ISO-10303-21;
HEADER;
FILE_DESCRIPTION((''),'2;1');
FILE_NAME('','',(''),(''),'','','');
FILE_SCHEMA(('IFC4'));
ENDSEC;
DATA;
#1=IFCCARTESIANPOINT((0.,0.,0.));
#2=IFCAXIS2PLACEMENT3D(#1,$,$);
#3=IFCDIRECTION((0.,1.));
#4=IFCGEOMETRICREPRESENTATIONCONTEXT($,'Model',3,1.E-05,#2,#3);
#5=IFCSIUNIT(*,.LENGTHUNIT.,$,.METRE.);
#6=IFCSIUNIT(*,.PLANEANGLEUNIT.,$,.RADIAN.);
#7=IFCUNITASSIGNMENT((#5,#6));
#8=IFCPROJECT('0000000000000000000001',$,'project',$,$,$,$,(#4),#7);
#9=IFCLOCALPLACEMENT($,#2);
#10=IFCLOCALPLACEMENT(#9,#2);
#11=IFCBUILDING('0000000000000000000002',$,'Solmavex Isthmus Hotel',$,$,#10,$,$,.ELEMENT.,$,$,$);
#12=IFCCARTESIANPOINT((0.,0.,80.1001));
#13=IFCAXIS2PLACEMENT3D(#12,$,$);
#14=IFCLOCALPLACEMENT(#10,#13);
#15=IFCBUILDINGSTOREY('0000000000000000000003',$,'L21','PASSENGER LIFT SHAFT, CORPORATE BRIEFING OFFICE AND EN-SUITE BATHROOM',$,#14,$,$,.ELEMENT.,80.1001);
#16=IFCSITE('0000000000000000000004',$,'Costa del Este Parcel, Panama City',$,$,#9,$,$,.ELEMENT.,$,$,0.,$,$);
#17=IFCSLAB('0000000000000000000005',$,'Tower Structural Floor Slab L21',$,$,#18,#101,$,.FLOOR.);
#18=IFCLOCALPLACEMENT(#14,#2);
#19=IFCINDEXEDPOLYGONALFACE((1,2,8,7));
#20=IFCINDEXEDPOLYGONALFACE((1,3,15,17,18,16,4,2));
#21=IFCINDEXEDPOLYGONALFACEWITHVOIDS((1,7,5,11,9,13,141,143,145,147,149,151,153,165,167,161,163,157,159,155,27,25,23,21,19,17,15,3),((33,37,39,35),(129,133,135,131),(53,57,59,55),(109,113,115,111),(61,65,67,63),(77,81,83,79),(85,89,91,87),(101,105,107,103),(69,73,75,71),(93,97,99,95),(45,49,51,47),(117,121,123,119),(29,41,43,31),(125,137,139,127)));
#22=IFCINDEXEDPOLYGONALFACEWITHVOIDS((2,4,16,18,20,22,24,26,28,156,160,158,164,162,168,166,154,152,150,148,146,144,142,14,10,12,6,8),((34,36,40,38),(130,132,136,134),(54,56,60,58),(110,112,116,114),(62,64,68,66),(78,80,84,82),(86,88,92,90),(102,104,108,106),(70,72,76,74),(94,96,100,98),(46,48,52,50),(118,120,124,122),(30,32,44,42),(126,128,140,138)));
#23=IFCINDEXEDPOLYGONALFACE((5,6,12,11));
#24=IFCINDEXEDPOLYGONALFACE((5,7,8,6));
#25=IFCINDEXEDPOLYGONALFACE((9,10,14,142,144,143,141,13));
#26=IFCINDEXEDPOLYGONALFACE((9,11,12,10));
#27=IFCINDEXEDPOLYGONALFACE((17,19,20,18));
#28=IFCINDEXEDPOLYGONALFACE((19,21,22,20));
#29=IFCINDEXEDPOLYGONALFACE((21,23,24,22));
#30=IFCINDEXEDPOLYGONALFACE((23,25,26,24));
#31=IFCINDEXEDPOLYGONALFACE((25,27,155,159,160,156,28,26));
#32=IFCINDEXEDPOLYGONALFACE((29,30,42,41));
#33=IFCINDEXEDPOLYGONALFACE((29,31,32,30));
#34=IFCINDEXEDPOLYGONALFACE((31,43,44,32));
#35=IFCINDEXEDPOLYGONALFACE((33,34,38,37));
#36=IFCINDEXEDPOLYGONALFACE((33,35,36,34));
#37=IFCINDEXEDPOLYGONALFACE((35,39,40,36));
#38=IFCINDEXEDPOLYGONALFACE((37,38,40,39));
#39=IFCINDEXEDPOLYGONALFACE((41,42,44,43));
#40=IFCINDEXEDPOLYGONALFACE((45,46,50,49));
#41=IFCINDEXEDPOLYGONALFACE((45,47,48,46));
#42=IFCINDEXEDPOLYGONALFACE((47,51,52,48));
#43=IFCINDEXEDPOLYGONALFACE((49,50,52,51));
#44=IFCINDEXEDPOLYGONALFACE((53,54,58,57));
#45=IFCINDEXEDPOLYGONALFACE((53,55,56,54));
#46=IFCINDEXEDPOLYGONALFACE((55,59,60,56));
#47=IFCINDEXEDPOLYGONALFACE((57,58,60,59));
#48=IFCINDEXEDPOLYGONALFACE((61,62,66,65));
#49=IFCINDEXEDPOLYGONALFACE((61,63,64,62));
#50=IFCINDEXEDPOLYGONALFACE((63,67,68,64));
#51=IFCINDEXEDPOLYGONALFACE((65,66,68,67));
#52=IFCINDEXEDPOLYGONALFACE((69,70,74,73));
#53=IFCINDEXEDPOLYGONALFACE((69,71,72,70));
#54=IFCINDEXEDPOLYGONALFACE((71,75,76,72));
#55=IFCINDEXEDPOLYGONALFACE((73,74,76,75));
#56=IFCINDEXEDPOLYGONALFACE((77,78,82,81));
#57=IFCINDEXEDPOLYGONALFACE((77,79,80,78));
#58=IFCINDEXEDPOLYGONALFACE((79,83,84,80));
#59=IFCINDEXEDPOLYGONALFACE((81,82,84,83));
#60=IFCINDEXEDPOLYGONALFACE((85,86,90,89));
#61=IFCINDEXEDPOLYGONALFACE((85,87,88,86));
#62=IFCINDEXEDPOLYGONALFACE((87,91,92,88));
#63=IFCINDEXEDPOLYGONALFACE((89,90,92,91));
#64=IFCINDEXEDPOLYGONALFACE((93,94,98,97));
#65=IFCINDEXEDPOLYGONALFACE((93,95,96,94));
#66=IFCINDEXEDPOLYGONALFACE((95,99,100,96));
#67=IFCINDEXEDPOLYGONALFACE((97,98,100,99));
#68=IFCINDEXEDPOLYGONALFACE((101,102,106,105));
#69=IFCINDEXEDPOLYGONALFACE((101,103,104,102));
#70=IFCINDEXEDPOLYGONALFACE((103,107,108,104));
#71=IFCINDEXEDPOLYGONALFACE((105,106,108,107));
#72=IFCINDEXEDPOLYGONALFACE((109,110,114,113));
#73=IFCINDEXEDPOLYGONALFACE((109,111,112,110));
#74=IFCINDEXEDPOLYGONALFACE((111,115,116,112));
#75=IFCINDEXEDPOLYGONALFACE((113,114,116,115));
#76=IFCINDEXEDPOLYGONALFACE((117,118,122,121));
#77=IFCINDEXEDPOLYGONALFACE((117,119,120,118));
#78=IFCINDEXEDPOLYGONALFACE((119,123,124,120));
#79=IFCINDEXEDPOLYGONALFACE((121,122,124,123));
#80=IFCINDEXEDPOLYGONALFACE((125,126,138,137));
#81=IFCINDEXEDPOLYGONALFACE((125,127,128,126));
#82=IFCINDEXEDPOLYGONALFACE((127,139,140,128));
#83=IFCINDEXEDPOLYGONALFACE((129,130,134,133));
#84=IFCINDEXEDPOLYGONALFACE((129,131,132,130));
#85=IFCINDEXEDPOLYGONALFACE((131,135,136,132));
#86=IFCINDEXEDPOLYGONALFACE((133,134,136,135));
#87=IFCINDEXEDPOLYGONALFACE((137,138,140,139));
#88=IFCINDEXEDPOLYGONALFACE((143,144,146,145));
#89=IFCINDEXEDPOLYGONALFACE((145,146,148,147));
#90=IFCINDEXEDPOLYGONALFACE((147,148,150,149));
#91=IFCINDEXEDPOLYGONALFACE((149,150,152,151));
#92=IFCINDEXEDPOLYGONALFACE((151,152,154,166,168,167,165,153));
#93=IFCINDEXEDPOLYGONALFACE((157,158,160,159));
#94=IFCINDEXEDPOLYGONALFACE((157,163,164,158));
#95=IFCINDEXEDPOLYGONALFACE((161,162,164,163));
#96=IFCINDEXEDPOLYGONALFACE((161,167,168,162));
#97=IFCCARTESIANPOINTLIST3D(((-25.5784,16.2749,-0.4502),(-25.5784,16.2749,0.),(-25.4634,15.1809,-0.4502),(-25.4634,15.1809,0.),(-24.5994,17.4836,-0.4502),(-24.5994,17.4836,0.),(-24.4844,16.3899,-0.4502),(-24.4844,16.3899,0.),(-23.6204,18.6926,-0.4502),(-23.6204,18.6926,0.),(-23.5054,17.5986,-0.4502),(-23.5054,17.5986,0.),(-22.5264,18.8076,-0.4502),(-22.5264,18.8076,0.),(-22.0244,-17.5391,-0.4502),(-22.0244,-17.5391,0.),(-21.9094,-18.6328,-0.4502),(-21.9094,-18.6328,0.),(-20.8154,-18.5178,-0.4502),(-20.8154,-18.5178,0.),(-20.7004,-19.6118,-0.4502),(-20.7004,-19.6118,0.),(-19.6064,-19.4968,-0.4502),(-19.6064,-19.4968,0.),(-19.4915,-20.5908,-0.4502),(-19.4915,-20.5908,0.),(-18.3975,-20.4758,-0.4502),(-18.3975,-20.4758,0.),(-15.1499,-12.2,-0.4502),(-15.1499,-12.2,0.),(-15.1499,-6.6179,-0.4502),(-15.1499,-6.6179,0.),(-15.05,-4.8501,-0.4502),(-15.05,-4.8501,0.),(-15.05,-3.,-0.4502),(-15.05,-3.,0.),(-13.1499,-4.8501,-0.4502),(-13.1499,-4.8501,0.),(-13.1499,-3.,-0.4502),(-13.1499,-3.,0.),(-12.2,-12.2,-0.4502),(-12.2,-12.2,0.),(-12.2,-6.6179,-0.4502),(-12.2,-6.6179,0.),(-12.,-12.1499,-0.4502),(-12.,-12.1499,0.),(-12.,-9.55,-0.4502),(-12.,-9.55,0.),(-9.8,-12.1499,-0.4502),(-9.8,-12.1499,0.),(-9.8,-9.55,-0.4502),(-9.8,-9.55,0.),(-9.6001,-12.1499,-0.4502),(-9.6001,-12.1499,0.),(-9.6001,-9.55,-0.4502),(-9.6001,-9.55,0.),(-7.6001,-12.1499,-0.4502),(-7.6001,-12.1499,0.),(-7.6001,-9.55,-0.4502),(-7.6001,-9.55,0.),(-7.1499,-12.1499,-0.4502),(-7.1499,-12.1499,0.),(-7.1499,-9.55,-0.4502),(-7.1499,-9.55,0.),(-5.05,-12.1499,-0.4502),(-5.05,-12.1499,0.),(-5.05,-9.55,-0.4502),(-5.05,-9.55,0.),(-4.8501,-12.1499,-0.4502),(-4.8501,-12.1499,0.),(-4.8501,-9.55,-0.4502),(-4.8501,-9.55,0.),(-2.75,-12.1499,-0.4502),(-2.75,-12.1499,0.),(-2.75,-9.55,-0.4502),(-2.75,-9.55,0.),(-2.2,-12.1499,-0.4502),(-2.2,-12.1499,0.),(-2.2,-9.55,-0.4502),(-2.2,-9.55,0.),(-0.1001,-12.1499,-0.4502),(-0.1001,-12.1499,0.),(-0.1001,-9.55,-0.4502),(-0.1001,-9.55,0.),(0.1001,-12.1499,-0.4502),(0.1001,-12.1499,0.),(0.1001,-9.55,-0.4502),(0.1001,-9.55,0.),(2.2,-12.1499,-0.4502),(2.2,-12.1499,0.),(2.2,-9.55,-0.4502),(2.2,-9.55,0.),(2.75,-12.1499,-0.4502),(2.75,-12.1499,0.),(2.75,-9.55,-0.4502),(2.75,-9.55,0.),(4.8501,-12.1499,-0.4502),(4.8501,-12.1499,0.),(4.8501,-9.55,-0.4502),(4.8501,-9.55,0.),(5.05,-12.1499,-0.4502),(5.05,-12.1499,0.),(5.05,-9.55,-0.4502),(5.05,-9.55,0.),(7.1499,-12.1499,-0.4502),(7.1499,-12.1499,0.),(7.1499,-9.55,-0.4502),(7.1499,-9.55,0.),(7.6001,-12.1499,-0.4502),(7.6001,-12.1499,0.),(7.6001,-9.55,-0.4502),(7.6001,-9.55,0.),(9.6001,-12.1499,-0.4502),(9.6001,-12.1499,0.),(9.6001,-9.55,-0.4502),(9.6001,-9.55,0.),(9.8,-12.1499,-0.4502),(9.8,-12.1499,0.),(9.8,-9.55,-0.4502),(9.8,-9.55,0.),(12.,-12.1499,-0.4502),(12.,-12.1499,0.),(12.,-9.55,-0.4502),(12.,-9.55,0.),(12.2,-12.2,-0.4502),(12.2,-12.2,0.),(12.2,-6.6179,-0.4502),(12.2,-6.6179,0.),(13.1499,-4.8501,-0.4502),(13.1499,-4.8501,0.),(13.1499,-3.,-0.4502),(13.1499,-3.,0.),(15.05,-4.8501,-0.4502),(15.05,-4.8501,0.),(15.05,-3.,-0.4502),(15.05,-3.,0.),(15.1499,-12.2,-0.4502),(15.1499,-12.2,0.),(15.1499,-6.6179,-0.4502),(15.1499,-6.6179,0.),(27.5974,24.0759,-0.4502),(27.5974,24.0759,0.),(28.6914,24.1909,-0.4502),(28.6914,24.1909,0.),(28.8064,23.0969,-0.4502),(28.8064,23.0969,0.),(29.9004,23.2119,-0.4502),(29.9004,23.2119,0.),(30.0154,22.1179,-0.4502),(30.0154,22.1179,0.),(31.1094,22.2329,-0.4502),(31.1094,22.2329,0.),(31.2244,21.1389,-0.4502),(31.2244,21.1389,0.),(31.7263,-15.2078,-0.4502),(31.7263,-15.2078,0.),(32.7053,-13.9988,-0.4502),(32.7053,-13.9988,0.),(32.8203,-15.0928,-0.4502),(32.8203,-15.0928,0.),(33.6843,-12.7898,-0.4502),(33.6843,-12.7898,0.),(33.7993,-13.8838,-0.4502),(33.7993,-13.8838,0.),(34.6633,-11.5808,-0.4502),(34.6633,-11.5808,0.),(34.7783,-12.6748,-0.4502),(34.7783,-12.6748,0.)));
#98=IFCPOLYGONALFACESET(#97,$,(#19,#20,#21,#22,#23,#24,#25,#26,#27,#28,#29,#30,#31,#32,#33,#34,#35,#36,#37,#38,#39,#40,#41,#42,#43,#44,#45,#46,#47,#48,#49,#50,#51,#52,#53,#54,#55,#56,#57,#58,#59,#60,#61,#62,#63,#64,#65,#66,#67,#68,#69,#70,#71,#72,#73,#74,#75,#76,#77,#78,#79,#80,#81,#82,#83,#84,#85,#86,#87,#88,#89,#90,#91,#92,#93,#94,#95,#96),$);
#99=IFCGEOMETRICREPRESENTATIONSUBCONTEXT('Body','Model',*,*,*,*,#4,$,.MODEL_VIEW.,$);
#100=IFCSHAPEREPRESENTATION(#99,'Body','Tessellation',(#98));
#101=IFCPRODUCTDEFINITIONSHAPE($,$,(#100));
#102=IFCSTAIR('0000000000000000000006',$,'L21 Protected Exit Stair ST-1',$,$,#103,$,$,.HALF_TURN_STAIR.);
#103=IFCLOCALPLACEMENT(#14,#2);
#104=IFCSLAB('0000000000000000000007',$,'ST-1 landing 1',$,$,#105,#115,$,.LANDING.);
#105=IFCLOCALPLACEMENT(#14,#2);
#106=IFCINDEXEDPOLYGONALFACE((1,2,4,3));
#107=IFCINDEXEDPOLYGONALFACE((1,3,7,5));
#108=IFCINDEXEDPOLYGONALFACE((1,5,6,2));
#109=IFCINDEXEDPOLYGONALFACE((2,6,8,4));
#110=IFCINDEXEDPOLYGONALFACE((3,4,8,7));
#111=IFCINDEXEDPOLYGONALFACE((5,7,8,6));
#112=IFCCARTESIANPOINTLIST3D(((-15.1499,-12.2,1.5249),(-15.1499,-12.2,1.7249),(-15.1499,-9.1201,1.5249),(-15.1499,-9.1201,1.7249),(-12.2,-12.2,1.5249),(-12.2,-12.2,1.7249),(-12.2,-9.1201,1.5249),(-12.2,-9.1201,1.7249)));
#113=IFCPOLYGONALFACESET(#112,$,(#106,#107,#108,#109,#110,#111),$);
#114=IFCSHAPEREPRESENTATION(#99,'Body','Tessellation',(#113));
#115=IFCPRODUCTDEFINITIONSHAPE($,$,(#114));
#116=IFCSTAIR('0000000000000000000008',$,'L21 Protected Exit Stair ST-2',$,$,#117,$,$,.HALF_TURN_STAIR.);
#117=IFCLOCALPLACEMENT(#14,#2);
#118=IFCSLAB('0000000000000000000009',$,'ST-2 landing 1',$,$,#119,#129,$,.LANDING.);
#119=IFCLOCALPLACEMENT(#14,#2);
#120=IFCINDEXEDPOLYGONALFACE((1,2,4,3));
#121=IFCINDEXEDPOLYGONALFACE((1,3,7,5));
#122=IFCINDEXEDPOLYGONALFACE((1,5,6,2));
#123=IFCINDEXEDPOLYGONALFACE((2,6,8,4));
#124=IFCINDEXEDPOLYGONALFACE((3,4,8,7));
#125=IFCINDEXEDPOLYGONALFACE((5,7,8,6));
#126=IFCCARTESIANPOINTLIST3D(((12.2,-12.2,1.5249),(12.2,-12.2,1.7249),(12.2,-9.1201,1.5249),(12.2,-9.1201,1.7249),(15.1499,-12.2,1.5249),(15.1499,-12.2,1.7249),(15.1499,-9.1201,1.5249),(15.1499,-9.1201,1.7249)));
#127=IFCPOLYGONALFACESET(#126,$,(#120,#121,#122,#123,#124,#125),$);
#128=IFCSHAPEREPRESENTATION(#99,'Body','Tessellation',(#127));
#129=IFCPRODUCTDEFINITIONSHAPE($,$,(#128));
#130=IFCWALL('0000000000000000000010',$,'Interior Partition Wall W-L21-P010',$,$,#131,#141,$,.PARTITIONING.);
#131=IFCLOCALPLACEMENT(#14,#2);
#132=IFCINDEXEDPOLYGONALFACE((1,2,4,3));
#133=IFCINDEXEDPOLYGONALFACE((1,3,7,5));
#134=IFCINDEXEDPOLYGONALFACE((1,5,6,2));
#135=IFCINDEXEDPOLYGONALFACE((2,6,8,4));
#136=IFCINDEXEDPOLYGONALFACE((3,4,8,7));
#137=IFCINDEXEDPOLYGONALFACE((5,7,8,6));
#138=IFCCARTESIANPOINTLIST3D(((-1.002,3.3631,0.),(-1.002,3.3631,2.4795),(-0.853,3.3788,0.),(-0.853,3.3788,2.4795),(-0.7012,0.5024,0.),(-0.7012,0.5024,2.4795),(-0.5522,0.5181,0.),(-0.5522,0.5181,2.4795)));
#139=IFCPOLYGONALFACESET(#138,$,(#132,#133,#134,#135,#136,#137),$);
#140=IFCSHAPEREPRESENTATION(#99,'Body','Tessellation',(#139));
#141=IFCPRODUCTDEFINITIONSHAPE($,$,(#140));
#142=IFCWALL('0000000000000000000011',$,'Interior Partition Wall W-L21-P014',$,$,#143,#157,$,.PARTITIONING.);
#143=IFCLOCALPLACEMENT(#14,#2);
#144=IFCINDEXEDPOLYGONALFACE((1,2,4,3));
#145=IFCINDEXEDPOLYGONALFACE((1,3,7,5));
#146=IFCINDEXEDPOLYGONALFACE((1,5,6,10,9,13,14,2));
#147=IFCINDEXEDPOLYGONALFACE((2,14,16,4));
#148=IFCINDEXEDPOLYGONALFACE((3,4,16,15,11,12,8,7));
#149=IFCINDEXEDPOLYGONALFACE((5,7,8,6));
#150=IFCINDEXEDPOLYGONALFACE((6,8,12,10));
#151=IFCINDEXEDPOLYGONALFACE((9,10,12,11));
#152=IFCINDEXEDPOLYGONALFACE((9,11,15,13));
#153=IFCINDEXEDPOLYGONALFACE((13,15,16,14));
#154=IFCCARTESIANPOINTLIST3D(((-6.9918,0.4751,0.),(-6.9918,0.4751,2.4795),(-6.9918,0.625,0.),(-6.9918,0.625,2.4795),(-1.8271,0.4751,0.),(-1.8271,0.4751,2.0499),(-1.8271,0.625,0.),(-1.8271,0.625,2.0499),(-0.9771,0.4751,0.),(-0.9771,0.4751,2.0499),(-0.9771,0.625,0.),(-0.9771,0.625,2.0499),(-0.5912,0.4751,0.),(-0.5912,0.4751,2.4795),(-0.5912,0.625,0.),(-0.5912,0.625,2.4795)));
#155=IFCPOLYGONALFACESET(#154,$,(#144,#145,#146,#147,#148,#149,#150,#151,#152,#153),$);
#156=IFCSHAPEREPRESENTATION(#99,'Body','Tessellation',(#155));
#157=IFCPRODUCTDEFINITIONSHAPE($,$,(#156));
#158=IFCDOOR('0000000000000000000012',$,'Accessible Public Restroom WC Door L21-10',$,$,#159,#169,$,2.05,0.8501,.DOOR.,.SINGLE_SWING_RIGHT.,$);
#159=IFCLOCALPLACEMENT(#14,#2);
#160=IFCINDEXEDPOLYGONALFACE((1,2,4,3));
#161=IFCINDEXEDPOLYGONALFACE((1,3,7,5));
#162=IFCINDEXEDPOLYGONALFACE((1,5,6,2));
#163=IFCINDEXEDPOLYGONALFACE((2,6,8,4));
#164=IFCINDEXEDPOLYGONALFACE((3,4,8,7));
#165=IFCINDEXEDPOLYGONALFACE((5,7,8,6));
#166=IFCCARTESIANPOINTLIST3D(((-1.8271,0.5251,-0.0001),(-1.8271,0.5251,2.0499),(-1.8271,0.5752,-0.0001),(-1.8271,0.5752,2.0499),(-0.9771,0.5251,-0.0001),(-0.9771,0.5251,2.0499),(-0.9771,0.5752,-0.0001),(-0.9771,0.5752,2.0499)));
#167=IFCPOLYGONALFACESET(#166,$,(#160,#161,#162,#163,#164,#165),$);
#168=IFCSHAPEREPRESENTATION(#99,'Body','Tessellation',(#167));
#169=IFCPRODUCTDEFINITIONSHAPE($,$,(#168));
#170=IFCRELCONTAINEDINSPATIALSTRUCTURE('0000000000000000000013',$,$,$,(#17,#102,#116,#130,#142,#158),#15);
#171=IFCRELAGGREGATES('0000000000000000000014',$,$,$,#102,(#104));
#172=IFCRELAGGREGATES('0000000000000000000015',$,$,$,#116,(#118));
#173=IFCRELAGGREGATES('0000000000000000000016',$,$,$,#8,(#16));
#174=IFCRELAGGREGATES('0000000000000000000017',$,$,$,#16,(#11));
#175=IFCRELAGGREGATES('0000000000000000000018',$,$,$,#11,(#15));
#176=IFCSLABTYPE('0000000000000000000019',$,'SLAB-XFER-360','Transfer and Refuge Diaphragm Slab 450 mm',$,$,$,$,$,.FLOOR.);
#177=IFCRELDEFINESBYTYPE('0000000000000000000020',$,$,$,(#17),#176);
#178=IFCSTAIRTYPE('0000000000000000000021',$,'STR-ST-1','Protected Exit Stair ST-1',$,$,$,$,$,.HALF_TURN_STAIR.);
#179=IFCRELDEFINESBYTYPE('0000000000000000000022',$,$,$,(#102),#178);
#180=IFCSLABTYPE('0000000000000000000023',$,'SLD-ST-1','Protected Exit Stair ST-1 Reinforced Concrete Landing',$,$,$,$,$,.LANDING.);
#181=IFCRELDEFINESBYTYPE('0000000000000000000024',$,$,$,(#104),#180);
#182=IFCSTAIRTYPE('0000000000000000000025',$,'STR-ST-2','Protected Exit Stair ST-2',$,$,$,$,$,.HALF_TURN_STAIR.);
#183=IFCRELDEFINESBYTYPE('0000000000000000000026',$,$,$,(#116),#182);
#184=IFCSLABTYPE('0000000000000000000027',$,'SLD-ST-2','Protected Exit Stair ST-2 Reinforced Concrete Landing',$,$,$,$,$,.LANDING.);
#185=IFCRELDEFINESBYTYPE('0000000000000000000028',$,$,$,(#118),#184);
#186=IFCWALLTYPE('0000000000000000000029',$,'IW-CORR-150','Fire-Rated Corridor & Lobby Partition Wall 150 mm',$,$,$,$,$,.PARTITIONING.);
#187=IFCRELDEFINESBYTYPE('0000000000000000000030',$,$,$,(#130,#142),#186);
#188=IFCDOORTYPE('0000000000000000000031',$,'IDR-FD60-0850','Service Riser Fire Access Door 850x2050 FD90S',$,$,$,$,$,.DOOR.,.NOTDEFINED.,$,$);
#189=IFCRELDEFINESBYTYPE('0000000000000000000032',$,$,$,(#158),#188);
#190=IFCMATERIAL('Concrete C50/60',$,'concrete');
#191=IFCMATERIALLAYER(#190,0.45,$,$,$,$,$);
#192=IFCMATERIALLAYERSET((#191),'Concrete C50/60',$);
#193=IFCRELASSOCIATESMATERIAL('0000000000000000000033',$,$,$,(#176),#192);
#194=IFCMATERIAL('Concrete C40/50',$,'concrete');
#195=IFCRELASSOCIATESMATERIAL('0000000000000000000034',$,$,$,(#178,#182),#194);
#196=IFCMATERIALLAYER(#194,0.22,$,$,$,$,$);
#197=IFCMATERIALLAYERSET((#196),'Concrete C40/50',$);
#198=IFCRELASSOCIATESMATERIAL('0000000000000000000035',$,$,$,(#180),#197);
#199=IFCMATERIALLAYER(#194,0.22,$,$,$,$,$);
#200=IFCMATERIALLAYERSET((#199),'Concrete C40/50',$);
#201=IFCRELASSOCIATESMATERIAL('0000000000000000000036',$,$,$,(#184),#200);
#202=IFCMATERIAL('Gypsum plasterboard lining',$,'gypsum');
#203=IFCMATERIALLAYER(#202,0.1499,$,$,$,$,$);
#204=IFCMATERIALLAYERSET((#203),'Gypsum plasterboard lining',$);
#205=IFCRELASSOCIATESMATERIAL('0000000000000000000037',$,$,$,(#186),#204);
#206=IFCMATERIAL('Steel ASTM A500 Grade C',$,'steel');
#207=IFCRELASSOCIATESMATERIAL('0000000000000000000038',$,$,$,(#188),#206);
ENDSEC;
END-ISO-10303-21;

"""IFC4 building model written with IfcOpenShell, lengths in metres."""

from ifc_helpers import new_model, si_unit, direction, frame, frame_2d, origin, place, context, subcontext, project, spatial, polyline, rectangle, outline, extrude, material, layer, layer_set, type_object, element, fill, aggregate, save


model = new_model("IFC4")

# Units and contexts
model_context = context("Model", 3, precision=1e-05, world=origin(), true_north=direction((0.0, 1.0)))
body_context = subcontext(model_context, "Body", "Model", "MODEL_VIEW")
ifc_project = project(units=[si_unit("LENGTHUNIT", "METRE"), si_unit("PLANEANGLEUNIT", "RADIAN")], contexts=[model_context])

# Site, building, storey
site_placement = place(None, origin())
site = spatial("IfcSite", under=ifc_project, at=site_placement, Name="Costa del Este Parcel, Panama City", CompositionType="ELEMENT", RefElevation=0.0)
building_placement = place(site_placement, origin())
building = spatial("IfcBuilding", under=site, at=building_placement, Name="Solmavex Isthmus Hotel", CompositionType="ELEMENT")
storey_placement = place(building_placement, frame((0.0, 0.0, 80.1001)))
storey = spatial("IfcBuildingStorey", under=building, at=storey_placement, Name="L21", Description="PASSENGER LIFT SHAFT, CORPORATE BRIEFING OFFICE AND EN-SUITE BATHROOM", CompositionType="ELEMENT", Elevation=80.1001)

# Slab
ifc_material_1 = material(Name="Concrete C40/50", Category="concrete")
ifc_material_2 = material(Name="Concrete C50/60", Category="concrete")
ifc_layer_1 = layer(ifc_material_2, 0.45)
ifc_layer_set_1 = layer_set([ifc_layer_1], Name="Concrete C50/60")
slab_type_1 = type_object("IfcSlabType", Name="SLAB-XFER-360", Description="Transfer and Refuge Diaphragm Slab 450 mm", PredefinedType="FLOOR", material=ifc_layer_set_1)
slab_1_placement = place(storey_placement, frame((0.0, 0.0, -0.4502)))
element("IfcSlab", 1, at=slab_1_placement, inside=storey, type_object=slab_type_1, Name="Tower Structural Floor Slab L21", PredefinedType="FLOOR", context=body_context, shape_type="SweptSolid", body=[
    extrude(outline(polyline([(-18.3975, -20.4758), (31.7263, -15.2078), (32.8203, -15.0928), (32.7053, -13.9988), (33.7993, -13.8838), (33.6843, -12.7898), (34.7783, -12.6748), (34.6633, -11.5808), (31.2244, 21.1389), (31.1094, 22.2329), (30.0154, 22.1179), (29.9004, 23.2119), (28.8064, 23.0969), (28.6914, 24.1909), (27.5974, 24.0759), (-22.5264, 18.8076), (-23.6204, 18.6926), (-23.5054, 17.5986), (-24.5994, 17.4836), (-24.4844, 16.3899), (-25.5784, 16.2749), (-25.4634, 15.1809), (-22.0244, -17.5391), (-21.9094, -18.6328), (-20.8154, -18.5178), (-20.7004, -19.6118), (-19.6064, -19.4968), (-19.4915, -20.5908), (-18.3975, -20.4758)]), holes=[polyline([(-15.1499, -6.6179), (-15.1499, -12.2), (-12.2, -12.2), (-12.2, -6.6179), (-15.1499, -6.6179)]), polyline([(12.2, -6.6179), (12.2, -12.2), (15.1499, -12.2), (15.1499, -6.6179), (12.2, -6.6179)]), polyline([(-12.0, -12.1499), (-9.8, -12.1499), (-9.8, -9.55), (-12.0, -9.55), (-12.0, -12.1499)]), polyline([(9.8, -12.1499), (12.0, -12.1499), (12.0, -9.55), (9.8, -9.55), (9.8, -12.1499)]), polyline([(-9.6001, -12.1499), (-7.6001, -12.1499), (-7.6001, -9.55), (-9.6001, -9.55), (-9.6001, -12.1499)]), polyline([(7.6001, -12.1499), (9.6001, -12.1499), (9.6001, -9.55), (7.6001, -9.55), (7.6001, -12.1499)]), polyline([(-7.1499, -12.1499), (-5.05, -12.1499), (-5.05, -9.55), (-7.1499, -9.55), (-7.1499, -12.1499)]), polyline([(-4.8501, -12.1499), (-2.75, -12.1499), (-2.75, -9.55), (-4.8501, -9.55), (-4.8501, -12.1499)]), polyline([(-2.2, -12.1499), (-0.1001, -12.1499), (-0.1001, -9.55), (-2.2, -9.55), (-2.2, -12.1499)]), polyline([(0.1001, -12.1499), (2.2, -12.1499), (2.2, -9.55), (0.1001, -9.55), (0.1001, -12.1499)]), polyline([(2.75, -12.1499), (4.8501, -12.1499), (4.8501, -9.55), (2.75, -9.55), (2.75, -12.1499)]), polyline([(5.05, -12.1499), (7.1499, -12.1499), (7.1499, -9.55), (5.05, -9.55), (5.05, -12.1499)]), polyline([(-15.05, -4.8501), (-13.1499, -4.8501), (-13.1499, -3.0), (-15.05, -3.0), (-15.05, -4.8501)]), polyline([(13.1499, -4.8501), (15.05, -4.8501), (15.05, -3.0), (13.1499, -3.0), (13.1499, -4.8501)])]), origin(), (0.0, 0.0, 1.0), 0.4502),
])

# Stairs, slabs
stair_type_1 = type_object("IfcStairType", Name="STR-ST-1", Description="Protected Exit Stair ST-1", PredefinedType="HALF_TURN_STAIR", material=ifc_material_1)
stair_1_placement = place(storey_placement, origin())
stair_1 = element("IfcStair", 2, at=stair_1_placement, inside=storey, type_object=stair_type_1, Name="L21 Protected Exit Stair ST-1", PredefinedType="HALF_TURN_STAIR")
ifc_layer_2 = layer(ifc_material_1, 0.22)
ifc_layer_set_2 = layer_set([ifc_layer_2], Name="Concrete C40/50")
slab_type_2 = type_object("IfcSlabType", Name="SLD-ST-1", Description="Protected Exit Stair ST-1 Reinforced Concrete Landing", PredefinedType="LANDING", material=ifc_layer_set_2)
slab_2_placement = place(storey_placement, frame((0.0, 0.0, 1.5249)))
slab_2 = element("IfcSlab", 3, at=slab_2_placement, type_object=slab_type_2, Name="ST-1 landing 1", PredefinedType="LANDING", context=body_context, shape_type="SweptSolid", body=[
    extrude(outline(polyline([(-15.1499, -9.1201), (-15.1499, -12.2), (-12.2, -12.2), (-12.2, -9.1201), (-15.1499, -9.1201)])), origin(), (0.0, 0.0, 1.0), 0.2),
])
aggregate(stair_1, [slab_2])
stair_type_2 = type_object("IfcStairType", Name="STR-ST-2", Description="Protected Exit Stair ST-2", PredefinedType="HALF_TURN_STAIR", material=ifc_material_1)
stair_2_placement = place(storey_placement, origin())
stair_2 = element("IfcStair", 4, at=stair_2_placement, inside=storey, type_object=stair_type_2, Name="L21 Protected Exit Stair ST-2", PredefinedType="HALF_TURN_STAIR")
ifc_layer_3 = layer(ifc_material_1, 0.22)
ifc_layer_set_3 = layer_set([ifc_layer_3], Name="Concrete C40/50")
slab_type_3 = type_object("IfcSlabType", Name="SLD-ST-2", Description="Protected Exit Stair ST-2 Reinforced Concrete Landing", PredefinedType="LANDING", material=ifc_layer_set_3)
slab_3_placement = place(storey_placement, frame((0.0, 0.0, 1.5249)))
slab_3 = element("IfcSlab", 5, at=slab_3_placement, type_object=slab_type_3, Name="ST-2 landing 1", PredefinedType="LANDING", context=body_context, shape_type="SweptSolid", body=[
    extrude(outline(polyline([(12.2, -9.1201), (12.2, -12.2), (15.1499, -12.2), (15.1499, -9.1201), (12.2, -9.1201)])), origin(), (0.0, 0.0, 1.0), 0.2),
])
aggregate(stair_2, [slab_3])

# Wall
ifc_material_3 = material(Name="Gypsum plasterboard lining", Category="gypsum")
ifc_layer_4 = layer(ifc_material_3, 0.1499)
ifc_layer_set_4 = layer_set([ifc_layer_4], Name="Gypsum plasterboard lining")
wall_type = type_object("IfcWallType", Name="IW-CORR-150", Description="Fire-Rated Corridor & Lobby Partition Wall 150 mm", PredefinedType="PARTITIONING", material=ifc_layer_set_4)
wall_1_placement = place(storey_placement, frame((-0.6267, 0.5103, 0.0), z_axis=(0.0, 0.0, 1.0), x_axis=(-0.10457, 0.994518, 0.0)))
element("IfcWall", 6, at=wall_1_placement, inside=storey, type_object=wall_type, Name="Interior Partition Wall W-L21-P010", PredefinedType="PARTITIONING", context=body_context, shape_type="SweptSolid", body=[
    extrude(rectangle(XDim=2.8765, YDim=0.1499, at=frame_2d((1.4382, 0.0))), origin(), (0.0, 0.0, 1.0), 2.4795),
])

# Wall, opening, door
wall_2_placement = place(storey_placement, frame((-6.9917, 0.55, 0.0), z_axis=(0.0, 0.0, 1.0), x_axis=(1.0, 0.0, 0.0)))
wall_2 = element("IfcWall", 7, at=wall_2_placement, inside=storey, type_object=wall_type, Name="Interior Partition Wall W-L21-P014", PredefinedType="PARTITIONING", context=body_context, shape_type="SweptSolid", body=[
    extrude(rectangle(XDim=6.4006, YDim=0.1499, at=frame_2d((3.2002, 0.0))), origin(), (0.0, 0.0, 1.0), 2.4795),
])
opening_placement = place(wall_2_placement, frame((5.1646, 0.0, 0.0)))
opening = element("IfcOpeningElement", 8, at=opening_placement, cuts=wall_2, PredefinedType="OPENING", context=body_context, shape_type="SweptSolid", body=[
    extrude(rectangle(XDim=0.8501, YDim=2.05, at=frame_2d((0.425, 1.0249))), frame((0.0, 0.085, 0.0), z_axis=(0.0, -1.0, 0.0), x_axis=(1.0, 0.0, 0.0)), (0.0, 0.0, 1.0), 0.1699),
])
ifc_material_4 = material(Name="Steel ASTM A500 Grade C", Category="steel")
door_type = type_object("IfcDoorType", Name="IDR-FD60-0850", Description="Service Riser Fire Access Door 850x2050 FD90S", OperationType="NOTDEFINED", PredefinedType="DOOR", material=ifc_material_4)
door_placement = place(opening_placement, frame((0.8501, 0.0, 0.0), z_axis=(0.0, 0.0, 1.0), x_axis=(-1.0, 0.0, 0.0)))
door = element("IfcDoor", 9, at=door_placement, inside=storey, type_object=door_type, Name="Accessible Public Restroom WC Door L21-10", OperationType="SINGLE_SWING_RIGHT", OverallHeight=2.05, OverallWidth=0.8501, PredefinedType="DOOR", context=body_context, shape_type="SweptSolid", body=[
    extrude(rectangle(XDim=0.8501, YDim=2.05, at=frame_2d((0.425, 1.0249))), frame((0.0, 0.0249, 0.0), z_axis=(0.0, -1.0, 0.0), x_axis=(1.0, 0.0, 0.0)), (0.0, 0.0, 1.0), 0.05),
])
fill(opening, door)

save(model, "model.ifc")
